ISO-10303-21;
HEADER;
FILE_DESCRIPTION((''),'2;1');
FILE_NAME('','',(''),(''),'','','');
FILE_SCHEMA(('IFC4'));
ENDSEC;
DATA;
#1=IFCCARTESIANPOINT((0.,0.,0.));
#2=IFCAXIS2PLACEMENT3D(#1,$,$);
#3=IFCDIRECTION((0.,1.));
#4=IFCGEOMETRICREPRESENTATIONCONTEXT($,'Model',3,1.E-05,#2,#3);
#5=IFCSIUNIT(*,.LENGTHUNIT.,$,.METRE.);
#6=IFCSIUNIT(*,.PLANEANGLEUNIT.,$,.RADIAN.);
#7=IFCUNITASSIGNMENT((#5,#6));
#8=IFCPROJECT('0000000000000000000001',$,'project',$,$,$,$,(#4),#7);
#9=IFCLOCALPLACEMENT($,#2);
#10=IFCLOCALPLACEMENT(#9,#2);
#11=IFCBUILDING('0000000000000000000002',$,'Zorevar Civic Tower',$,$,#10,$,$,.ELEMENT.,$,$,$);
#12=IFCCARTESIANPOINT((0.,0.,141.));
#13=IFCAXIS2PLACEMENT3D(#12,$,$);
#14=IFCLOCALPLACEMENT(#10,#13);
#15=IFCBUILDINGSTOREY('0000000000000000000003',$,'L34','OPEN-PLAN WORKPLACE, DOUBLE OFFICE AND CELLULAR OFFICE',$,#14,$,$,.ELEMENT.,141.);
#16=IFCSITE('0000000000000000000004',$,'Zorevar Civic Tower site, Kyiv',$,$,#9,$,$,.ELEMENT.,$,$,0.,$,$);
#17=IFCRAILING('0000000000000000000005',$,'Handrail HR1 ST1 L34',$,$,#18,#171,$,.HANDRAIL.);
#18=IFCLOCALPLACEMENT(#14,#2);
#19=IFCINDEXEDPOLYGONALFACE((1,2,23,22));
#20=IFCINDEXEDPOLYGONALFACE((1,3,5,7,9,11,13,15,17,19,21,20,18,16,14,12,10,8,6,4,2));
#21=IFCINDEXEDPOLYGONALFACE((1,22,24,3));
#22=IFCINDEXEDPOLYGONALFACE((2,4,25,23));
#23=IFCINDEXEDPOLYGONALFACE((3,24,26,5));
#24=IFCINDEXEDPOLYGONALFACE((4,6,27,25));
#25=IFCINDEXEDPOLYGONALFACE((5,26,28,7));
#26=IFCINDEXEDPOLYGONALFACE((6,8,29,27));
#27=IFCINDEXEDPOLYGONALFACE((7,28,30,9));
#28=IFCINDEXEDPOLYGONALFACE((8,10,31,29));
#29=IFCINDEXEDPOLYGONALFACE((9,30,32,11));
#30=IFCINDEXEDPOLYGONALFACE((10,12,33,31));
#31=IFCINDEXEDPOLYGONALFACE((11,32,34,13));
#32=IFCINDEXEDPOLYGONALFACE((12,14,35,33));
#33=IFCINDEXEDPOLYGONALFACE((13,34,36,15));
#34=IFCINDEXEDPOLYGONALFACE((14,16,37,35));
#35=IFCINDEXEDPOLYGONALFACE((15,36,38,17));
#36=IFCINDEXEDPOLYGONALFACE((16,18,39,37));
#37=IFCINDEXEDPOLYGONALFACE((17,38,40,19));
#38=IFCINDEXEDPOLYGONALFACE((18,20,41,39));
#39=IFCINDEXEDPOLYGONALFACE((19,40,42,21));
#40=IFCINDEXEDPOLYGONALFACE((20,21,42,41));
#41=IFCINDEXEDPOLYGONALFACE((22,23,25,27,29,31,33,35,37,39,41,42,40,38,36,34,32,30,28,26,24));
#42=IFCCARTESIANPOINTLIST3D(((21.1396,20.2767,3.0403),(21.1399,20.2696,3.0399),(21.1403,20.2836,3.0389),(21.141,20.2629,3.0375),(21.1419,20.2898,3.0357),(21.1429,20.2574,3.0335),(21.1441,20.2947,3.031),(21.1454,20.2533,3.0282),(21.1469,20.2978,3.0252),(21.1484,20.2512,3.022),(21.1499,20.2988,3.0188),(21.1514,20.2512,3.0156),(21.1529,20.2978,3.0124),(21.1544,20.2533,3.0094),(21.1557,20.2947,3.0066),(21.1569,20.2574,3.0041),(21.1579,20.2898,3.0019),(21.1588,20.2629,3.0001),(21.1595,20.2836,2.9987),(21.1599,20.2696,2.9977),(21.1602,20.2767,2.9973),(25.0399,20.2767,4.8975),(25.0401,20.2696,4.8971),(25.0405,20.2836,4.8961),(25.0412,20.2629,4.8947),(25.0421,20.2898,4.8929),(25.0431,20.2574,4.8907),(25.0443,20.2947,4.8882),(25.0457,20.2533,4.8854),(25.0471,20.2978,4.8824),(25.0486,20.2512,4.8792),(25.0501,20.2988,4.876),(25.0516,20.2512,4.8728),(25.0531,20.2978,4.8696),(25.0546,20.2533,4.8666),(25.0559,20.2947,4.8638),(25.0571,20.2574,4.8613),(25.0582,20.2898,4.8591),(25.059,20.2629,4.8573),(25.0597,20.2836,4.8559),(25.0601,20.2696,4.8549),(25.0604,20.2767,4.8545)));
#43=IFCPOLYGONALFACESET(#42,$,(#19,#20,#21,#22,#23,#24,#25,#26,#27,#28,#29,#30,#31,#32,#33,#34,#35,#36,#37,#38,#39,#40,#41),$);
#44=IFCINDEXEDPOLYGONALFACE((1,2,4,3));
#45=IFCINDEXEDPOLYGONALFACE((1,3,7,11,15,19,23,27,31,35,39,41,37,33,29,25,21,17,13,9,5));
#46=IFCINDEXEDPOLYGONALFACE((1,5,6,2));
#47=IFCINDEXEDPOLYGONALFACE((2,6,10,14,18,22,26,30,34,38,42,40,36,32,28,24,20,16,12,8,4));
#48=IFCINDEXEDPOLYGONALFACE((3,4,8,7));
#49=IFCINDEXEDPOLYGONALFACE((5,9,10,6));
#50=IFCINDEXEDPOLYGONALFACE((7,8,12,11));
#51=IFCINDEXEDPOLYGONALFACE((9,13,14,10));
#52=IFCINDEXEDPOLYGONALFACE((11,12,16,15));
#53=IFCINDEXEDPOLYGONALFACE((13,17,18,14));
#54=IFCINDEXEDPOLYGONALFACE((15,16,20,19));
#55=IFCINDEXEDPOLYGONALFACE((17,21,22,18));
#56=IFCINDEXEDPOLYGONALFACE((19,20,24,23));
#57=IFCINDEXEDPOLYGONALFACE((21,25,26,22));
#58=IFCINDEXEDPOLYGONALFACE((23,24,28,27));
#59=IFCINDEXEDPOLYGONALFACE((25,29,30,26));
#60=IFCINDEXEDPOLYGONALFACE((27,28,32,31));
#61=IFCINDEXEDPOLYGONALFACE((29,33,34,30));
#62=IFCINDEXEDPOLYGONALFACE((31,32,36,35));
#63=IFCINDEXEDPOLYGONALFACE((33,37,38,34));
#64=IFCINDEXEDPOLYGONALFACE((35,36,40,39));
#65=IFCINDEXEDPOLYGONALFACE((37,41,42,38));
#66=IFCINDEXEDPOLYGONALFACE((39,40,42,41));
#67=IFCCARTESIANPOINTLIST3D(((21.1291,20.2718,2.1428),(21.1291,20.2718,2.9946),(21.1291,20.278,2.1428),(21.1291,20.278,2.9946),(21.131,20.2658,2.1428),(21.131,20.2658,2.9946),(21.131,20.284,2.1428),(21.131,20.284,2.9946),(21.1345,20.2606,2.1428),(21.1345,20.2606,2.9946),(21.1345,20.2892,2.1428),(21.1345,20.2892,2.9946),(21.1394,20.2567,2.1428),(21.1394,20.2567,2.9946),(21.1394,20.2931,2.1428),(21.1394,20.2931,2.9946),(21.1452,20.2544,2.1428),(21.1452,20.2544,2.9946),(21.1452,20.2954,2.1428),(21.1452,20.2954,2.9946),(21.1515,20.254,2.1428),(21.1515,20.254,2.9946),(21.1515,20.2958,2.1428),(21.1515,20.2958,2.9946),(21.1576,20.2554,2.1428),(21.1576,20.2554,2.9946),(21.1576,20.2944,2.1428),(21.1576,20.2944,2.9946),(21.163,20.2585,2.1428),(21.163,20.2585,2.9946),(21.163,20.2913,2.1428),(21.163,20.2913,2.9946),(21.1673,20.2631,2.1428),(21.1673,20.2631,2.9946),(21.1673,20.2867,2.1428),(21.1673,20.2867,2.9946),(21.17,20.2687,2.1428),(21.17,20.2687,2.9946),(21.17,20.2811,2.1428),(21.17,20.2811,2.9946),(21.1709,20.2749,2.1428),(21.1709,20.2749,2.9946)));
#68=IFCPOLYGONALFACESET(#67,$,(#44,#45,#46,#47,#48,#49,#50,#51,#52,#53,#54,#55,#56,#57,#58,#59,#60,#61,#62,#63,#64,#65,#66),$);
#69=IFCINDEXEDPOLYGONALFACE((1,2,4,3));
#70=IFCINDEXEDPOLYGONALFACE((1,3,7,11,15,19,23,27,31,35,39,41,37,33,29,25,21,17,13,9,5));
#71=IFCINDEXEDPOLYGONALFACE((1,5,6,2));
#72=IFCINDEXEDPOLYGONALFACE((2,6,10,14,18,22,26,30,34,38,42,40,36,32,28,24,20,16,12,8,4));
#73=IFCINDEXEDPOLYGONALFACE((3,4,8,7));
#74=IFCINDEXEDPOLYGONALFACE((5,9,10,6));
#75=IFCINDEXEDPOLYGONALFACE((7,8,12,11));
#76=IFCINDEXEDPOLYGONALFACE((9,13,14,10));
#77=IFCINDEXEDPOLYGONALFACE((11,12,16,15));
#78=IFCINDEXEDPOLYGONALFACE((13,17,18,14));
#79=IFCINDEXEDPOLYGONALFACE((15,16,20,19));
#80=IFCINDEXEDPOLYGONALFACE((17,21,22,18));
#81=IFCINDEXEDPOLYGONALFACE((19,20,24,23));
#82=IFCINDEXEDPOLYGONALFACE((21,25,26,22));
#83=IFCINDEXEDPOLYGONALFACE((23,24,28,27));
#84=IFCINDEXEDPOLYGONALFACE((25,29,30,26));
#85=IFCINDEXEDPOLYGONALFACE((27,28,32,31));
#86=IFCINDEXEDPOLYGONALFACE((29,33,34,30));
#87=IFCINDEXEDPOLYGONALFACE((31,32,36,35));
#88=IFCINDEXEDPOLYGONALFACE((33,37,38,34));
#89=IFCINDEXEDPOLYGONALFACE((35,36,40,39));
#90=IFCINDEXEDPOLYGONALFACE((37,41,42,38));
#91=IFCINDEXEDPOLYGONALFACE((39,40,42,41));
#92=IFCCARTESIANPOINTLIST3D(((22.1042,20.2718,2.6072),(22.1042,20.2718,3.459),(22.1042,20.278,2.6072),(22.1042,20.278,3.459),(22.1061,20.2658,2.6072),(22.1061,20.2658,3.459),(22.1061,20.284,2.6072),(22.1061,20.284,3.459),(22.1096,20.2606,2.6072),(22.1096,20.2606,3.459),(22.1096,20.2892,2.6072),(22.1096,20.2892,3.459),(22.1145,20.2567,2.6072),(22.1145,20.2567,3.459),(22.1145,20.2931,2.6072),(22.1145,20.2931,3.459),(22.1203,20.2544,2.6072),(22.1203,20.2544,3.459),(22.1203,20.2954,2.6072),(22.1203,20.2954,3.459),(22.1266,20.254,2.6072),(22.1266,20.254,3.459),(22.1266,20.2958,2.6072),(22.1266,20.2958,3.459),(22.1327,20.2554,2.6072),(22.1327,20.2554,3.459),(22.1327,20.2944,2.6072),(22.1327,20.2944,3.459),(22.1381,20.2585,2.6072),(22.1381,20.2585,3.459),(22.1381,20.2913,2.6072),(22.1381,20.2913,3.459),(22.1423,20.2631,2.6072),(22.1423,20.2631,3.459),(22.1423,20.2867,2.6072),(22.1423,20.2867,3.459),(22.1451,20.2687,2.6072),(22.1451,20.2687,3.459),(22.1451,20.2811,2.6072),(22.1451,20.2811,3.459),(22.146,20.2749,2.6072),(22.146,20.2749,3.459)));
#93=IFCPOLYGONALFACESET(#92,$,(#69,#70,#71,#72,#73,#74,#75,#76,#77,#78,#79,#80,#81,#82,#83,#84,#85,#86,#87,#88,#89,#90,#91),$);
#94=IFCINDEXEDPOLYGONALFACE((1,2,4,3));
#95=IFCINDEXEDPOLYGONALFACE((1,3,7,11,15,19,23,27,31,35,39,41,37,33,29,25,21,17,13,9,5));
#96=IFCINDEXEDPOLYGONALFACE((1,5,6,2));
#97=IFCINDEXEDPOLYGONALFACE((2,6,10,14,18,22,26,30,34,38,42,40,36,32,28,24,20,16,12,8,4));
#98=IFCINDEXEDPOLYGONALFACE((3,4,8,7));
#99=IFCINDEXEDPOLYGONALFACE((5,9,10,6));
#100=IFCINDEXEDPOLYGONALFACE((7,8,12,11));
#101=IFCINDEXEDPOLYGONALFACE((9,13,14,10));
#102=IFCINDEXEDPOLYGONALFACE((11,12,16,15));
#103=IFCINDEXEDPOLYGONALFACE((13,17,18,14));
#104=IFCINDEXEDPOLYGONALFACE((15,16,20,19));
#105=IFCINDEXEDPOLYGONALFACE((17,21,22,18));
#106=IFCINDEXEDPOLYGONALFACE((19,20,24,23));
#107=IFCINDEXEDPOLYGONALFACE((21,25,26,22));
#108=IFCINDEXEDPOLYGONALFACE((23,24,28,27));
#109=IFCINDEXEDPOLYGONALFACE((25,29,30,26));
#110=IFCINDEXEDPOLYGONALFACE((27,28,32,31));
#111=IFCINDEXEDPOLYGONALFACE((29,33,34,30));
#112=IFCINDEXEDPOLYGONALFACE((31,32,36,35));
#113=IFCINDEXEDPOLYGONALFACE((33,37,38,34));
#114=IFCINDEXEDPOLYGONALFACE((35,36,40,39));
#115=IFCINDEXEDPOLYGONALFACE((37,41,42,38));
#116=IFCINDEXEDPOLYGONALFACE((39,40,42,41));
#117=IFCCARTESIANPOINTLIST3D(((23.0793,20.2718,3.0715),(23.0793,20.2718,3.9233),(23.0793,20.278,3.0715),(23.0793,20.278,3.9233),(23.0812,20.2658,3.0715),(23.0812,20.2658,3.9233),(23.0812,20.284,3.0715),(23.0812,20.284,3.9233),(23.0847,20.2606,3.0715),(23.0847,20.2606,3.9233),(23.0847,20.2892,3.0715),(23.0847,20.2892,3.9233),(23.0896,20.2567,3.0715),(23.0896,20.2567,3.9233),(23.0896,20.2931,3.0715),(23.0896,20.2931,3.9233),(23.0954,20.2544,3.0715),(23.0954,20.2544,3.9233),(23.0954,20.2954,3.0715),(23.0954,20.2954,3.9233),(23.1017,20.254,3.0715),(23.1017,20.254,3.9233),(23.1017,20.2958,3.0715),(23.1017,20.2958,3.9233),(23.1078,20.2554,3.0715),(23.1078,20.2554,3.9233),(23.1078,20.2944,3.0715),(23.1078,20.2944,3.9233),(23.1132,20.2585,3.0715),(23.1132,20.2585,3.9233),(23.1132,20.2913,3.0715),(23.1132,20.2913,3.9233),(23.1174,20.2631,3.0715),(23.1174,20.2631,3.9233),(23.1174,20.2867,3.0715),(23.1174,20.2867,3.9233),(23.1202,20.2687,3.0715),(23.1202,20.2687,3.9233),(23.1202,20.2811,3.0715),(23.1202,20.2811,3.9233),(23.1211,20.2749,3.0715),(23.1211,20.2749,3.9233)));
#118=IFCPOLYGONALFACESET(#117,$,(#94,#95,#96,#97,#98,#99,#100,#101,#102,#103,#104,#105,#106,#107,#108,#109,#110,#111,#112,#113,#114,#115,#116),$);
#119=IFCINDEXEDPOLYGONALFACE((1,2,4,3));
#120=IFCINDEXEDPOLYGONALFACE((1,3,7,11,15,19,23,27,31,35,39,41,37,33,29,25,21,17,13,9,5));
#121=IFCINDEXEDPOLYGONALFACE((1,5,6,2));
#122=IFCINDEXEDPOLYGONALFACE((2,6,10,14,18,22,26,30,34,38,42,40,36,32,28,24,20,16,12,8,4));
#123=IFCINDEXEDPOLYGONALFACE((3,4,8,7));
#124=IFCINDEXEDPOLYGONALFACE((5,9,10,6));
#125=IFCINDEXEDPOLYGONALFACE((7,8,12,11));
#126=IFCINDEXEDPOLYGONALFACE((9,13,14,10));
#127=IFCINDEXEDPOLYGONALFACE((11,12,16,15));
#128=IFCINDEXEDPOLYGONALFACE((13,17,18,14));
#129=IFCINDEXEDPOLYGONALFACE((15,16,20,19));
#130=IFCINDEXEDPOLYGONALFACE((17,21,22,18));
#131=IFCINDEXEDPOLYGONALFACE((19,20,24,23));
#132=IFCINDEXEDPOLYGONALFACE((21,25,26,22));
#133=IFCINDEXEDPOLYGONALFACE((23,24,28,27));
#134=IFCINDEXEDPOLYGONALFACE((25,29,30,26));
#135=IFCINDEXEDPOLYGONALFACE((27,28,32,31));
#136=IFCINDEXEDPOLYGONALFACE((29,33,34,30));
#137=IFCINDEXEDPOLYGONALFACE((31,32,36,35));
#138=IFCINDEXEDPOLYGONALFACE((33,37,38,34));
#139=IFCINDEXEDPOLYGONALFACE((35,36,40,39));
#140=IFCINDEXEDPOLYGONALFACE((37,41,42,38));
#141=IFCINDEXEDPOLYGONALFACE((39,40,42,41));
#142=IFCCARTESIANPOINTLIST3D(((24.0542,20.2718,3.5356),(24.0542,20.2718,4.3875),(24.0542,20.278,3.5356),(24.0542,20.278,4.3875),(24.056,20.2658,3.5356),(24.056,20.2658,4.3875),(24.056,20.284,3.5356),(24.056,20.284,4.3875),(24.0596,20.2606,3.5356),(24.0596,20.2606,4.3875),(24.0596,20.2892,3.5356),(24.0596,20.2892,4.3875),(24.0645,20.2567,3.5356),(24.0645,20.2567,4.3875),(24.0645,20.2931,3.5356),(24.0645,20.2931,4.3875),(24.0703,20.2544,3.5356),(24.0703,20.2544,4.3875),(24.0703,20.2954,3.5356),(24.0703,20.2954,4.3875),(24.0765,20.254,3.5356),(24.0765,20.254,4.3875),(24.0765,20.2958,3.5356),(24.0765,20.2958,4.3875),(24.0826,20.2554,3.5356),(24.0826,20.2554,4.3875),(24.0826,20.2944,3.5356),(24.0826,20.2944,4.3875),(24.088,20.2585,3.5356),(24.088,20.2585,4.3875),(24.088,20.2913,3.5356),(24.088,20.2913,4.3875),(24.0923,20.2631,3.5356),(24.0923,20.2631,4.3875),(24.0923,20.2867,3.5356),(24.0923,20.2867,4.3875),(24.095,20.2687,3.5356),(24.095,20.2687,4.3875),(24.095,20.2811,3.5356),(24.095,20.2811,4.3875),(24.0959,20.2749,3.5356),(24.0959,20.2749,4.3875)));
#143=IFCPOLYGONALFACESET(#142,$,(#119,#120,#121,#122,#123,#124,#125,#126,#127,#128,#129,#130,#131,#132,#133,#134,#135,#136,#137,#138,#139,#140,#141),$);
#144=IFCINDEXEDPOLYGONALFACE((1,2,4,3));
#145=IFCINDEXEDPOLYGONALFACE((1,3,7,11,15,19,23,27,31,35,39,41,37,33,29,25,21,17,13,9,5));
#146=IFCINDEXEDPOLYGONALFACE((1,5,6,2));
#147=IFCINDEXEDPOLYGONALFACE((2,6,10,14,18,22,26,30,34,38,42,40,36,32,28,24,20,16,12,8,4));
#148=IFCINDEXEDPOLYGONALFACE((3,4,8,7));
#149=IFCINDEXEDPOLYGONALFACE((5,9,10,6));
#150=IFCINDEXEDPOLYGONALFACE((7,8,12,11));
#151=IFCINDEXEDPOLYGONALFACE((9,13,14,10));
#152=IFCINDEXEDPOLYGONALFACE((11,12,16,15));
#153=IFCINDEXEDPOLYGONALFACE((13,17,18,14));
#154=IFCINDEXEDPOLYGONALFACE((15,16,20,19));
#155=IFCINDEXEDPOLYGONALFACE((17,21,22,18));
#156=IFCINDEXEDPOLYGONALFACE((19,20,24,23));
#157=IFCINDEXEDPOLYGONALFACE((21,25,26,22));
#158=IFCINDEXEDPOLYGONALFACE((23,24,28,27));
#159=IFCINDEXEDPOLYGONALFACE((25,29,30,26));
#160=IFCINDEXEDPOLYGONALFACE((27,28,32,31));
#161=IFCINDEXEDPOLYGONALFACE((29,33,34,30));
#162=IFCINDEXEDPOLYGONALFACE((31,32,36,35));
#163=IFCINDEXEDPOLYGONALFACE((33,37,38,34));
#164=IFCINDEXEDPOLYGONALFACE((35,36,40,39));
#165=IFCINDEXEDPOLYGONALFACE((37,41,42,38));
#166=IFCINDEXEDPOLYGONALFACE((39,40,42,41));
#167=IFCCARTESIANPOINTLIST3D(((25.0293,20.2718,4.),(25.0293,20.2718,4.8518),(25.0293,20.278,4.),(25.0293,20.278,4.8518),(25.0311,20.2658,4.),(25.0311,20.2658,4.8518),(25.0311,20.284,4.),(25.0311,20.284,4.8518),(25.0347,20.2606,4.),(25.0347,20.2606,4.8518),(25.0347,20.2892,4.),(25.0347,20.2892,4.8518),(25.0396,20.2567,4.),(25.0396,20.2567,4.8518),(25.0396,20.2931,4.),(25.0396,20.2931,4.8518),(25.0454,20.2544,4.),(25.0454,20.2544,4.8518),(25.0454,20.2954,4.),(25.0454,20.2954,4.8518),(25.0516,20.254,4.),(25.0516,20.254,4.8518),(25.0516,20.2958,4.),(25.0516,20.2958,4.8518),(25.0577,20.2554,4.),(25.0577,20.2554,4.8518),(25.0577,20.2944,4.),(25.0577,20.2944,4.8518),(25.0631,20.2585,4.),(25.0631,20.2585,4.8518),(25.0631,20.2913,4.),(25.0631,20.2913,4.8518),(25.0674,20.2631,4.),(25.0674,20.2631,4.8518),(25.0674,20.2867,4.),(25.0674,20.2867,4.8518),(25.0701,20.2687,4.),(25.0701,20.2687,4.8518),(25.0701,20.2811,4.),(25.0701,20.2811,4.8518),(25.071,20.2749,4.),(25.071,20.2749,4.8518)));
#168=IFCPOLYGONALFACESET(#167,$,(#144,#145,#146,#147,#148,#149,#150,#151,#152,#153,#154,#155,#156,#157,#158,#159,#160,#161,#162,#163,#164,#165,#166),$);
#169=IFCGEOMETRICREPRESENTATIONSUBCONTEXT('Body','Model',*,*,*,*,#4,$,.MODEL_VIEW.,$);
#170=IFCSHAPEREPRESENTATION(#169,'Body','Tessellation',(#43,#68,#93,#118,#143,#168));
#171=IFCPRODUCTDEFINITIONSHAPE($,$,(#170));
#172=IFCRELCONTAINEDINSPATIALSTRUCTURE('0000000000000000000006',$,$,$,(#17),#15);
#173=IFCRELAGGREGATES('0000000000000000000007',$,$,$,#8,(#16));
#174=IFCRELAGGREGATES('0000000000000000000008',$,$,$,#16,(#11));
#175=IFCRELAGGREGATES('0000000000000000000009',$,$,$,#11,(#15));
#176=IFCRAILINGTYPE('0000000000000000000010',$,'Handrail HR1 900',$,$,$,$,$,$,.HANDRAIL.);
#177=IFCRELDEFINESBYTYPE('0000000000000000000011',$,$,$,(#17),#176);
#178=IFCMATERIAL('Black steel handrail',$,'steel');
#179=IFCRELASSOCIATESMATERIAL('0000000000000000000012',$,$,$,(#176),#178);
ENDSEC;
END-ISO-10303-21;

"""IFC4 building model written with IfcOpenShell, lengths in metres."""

from ifc_helpers import new_model, si_unit, direction, frame, origin, origin_2d, place, context, subcontext, project, spatial, circle, extrude, material, type_object, element, save


model = new_model("IFC4")

# Units and contexts
model_context = context("Model", 3, precision=1e-05, world=origin(), true_north=direction((0.0, 1.0)))
body_context = subcontext(model_context, "Body", "Model", "MODEL_VIEW")
ifc_project = project(units=[si_unit("LENGTHUNIT", "METRE"), si_unit("PLANEANGLEUNIT", "RADIAN")], contexts=[model_context])

# Site, building, storey
site_placement = place(None, origin())
site = spatial("IfcSite", under=ifc_project, at=site_placement, Name="Zorevar Civic Tower site, Kyiv", CompositionType="ELEMENT", RefElevation=0.0)
building_placement = place(site_placement, origin())
building = spatial("IfcBuilding", under=site, at=building_placement, Name="Zorevar Civic Tower", CompositionType="ELEMENT")
storey_placement = place(building_placement, frame((0.0, 0.0, 141.0)))
storey = spatial("IfcBuildingStorey", under=building, at=storey_placement, Name="L34", Description="OPEN-PLAN WORKPLACE, DOUBLE OFFICE AND CELLULAR OFFICE", CompositionType="ELEMENT", Elevation=141.0)

# Railing
ifc_material_1 = material(Name="Black steel handrail", Category="steel")
railing_type = type_object("IfcRailingType", Name="Handrail HR1 900", PredefinedType="HANDRAIL", material=ifc_material_1)
railing_placement = place(storey_placement, frame((21.1499, 20.2749, 2.1428)))
element("IfcRailing", 1, at=railing_placement, inside=storey, type_object=railing_type, Name="Handrail HR1 ST1 L34", PredefinedType="HANDRAIL", context=body_context, shape_type="SweptSolid", body=[
    extrude(circle(Radius=0.0239, at=origin_2d()), frame((0.0, 0.0, 0.876), z_axis=(0.902864, 0.0, 0.429927), x_axis=(0.0, 1.0, 0.0)), (0.0, 0.0, 1.0), 4.3198),
    extrude(circle(Radius=0.021, at=origin_2d()), origin(), (0.0, 0.0, 1.0), 0.8518),
    extrude(circle(Radius=0.021, at=origin_2d()), frame((0.9751, 0.0, 0.4644)), (0.0, 0.0, 1.0), 0.8518),
    extrude(circle(Radius=0.021, at=origin_2d()), frame((1.9502, 0.0, 0.9287)), (0.0, 0.0, 1.0), 0.8518),
    extrude(circle(Radius=0.021, at=origin_2d()), frame((2.925, 0.0, 1.3928)), (0.0, 0.0, 1.0), 0.8518),
    extrude(circle(Radius=0.021, at=origin_2d()), frame((3.9001, 0.0, 1.8572)), (0.0, 0.0, 1.0), 0.8518),
])

save(model, "model.ifc")
